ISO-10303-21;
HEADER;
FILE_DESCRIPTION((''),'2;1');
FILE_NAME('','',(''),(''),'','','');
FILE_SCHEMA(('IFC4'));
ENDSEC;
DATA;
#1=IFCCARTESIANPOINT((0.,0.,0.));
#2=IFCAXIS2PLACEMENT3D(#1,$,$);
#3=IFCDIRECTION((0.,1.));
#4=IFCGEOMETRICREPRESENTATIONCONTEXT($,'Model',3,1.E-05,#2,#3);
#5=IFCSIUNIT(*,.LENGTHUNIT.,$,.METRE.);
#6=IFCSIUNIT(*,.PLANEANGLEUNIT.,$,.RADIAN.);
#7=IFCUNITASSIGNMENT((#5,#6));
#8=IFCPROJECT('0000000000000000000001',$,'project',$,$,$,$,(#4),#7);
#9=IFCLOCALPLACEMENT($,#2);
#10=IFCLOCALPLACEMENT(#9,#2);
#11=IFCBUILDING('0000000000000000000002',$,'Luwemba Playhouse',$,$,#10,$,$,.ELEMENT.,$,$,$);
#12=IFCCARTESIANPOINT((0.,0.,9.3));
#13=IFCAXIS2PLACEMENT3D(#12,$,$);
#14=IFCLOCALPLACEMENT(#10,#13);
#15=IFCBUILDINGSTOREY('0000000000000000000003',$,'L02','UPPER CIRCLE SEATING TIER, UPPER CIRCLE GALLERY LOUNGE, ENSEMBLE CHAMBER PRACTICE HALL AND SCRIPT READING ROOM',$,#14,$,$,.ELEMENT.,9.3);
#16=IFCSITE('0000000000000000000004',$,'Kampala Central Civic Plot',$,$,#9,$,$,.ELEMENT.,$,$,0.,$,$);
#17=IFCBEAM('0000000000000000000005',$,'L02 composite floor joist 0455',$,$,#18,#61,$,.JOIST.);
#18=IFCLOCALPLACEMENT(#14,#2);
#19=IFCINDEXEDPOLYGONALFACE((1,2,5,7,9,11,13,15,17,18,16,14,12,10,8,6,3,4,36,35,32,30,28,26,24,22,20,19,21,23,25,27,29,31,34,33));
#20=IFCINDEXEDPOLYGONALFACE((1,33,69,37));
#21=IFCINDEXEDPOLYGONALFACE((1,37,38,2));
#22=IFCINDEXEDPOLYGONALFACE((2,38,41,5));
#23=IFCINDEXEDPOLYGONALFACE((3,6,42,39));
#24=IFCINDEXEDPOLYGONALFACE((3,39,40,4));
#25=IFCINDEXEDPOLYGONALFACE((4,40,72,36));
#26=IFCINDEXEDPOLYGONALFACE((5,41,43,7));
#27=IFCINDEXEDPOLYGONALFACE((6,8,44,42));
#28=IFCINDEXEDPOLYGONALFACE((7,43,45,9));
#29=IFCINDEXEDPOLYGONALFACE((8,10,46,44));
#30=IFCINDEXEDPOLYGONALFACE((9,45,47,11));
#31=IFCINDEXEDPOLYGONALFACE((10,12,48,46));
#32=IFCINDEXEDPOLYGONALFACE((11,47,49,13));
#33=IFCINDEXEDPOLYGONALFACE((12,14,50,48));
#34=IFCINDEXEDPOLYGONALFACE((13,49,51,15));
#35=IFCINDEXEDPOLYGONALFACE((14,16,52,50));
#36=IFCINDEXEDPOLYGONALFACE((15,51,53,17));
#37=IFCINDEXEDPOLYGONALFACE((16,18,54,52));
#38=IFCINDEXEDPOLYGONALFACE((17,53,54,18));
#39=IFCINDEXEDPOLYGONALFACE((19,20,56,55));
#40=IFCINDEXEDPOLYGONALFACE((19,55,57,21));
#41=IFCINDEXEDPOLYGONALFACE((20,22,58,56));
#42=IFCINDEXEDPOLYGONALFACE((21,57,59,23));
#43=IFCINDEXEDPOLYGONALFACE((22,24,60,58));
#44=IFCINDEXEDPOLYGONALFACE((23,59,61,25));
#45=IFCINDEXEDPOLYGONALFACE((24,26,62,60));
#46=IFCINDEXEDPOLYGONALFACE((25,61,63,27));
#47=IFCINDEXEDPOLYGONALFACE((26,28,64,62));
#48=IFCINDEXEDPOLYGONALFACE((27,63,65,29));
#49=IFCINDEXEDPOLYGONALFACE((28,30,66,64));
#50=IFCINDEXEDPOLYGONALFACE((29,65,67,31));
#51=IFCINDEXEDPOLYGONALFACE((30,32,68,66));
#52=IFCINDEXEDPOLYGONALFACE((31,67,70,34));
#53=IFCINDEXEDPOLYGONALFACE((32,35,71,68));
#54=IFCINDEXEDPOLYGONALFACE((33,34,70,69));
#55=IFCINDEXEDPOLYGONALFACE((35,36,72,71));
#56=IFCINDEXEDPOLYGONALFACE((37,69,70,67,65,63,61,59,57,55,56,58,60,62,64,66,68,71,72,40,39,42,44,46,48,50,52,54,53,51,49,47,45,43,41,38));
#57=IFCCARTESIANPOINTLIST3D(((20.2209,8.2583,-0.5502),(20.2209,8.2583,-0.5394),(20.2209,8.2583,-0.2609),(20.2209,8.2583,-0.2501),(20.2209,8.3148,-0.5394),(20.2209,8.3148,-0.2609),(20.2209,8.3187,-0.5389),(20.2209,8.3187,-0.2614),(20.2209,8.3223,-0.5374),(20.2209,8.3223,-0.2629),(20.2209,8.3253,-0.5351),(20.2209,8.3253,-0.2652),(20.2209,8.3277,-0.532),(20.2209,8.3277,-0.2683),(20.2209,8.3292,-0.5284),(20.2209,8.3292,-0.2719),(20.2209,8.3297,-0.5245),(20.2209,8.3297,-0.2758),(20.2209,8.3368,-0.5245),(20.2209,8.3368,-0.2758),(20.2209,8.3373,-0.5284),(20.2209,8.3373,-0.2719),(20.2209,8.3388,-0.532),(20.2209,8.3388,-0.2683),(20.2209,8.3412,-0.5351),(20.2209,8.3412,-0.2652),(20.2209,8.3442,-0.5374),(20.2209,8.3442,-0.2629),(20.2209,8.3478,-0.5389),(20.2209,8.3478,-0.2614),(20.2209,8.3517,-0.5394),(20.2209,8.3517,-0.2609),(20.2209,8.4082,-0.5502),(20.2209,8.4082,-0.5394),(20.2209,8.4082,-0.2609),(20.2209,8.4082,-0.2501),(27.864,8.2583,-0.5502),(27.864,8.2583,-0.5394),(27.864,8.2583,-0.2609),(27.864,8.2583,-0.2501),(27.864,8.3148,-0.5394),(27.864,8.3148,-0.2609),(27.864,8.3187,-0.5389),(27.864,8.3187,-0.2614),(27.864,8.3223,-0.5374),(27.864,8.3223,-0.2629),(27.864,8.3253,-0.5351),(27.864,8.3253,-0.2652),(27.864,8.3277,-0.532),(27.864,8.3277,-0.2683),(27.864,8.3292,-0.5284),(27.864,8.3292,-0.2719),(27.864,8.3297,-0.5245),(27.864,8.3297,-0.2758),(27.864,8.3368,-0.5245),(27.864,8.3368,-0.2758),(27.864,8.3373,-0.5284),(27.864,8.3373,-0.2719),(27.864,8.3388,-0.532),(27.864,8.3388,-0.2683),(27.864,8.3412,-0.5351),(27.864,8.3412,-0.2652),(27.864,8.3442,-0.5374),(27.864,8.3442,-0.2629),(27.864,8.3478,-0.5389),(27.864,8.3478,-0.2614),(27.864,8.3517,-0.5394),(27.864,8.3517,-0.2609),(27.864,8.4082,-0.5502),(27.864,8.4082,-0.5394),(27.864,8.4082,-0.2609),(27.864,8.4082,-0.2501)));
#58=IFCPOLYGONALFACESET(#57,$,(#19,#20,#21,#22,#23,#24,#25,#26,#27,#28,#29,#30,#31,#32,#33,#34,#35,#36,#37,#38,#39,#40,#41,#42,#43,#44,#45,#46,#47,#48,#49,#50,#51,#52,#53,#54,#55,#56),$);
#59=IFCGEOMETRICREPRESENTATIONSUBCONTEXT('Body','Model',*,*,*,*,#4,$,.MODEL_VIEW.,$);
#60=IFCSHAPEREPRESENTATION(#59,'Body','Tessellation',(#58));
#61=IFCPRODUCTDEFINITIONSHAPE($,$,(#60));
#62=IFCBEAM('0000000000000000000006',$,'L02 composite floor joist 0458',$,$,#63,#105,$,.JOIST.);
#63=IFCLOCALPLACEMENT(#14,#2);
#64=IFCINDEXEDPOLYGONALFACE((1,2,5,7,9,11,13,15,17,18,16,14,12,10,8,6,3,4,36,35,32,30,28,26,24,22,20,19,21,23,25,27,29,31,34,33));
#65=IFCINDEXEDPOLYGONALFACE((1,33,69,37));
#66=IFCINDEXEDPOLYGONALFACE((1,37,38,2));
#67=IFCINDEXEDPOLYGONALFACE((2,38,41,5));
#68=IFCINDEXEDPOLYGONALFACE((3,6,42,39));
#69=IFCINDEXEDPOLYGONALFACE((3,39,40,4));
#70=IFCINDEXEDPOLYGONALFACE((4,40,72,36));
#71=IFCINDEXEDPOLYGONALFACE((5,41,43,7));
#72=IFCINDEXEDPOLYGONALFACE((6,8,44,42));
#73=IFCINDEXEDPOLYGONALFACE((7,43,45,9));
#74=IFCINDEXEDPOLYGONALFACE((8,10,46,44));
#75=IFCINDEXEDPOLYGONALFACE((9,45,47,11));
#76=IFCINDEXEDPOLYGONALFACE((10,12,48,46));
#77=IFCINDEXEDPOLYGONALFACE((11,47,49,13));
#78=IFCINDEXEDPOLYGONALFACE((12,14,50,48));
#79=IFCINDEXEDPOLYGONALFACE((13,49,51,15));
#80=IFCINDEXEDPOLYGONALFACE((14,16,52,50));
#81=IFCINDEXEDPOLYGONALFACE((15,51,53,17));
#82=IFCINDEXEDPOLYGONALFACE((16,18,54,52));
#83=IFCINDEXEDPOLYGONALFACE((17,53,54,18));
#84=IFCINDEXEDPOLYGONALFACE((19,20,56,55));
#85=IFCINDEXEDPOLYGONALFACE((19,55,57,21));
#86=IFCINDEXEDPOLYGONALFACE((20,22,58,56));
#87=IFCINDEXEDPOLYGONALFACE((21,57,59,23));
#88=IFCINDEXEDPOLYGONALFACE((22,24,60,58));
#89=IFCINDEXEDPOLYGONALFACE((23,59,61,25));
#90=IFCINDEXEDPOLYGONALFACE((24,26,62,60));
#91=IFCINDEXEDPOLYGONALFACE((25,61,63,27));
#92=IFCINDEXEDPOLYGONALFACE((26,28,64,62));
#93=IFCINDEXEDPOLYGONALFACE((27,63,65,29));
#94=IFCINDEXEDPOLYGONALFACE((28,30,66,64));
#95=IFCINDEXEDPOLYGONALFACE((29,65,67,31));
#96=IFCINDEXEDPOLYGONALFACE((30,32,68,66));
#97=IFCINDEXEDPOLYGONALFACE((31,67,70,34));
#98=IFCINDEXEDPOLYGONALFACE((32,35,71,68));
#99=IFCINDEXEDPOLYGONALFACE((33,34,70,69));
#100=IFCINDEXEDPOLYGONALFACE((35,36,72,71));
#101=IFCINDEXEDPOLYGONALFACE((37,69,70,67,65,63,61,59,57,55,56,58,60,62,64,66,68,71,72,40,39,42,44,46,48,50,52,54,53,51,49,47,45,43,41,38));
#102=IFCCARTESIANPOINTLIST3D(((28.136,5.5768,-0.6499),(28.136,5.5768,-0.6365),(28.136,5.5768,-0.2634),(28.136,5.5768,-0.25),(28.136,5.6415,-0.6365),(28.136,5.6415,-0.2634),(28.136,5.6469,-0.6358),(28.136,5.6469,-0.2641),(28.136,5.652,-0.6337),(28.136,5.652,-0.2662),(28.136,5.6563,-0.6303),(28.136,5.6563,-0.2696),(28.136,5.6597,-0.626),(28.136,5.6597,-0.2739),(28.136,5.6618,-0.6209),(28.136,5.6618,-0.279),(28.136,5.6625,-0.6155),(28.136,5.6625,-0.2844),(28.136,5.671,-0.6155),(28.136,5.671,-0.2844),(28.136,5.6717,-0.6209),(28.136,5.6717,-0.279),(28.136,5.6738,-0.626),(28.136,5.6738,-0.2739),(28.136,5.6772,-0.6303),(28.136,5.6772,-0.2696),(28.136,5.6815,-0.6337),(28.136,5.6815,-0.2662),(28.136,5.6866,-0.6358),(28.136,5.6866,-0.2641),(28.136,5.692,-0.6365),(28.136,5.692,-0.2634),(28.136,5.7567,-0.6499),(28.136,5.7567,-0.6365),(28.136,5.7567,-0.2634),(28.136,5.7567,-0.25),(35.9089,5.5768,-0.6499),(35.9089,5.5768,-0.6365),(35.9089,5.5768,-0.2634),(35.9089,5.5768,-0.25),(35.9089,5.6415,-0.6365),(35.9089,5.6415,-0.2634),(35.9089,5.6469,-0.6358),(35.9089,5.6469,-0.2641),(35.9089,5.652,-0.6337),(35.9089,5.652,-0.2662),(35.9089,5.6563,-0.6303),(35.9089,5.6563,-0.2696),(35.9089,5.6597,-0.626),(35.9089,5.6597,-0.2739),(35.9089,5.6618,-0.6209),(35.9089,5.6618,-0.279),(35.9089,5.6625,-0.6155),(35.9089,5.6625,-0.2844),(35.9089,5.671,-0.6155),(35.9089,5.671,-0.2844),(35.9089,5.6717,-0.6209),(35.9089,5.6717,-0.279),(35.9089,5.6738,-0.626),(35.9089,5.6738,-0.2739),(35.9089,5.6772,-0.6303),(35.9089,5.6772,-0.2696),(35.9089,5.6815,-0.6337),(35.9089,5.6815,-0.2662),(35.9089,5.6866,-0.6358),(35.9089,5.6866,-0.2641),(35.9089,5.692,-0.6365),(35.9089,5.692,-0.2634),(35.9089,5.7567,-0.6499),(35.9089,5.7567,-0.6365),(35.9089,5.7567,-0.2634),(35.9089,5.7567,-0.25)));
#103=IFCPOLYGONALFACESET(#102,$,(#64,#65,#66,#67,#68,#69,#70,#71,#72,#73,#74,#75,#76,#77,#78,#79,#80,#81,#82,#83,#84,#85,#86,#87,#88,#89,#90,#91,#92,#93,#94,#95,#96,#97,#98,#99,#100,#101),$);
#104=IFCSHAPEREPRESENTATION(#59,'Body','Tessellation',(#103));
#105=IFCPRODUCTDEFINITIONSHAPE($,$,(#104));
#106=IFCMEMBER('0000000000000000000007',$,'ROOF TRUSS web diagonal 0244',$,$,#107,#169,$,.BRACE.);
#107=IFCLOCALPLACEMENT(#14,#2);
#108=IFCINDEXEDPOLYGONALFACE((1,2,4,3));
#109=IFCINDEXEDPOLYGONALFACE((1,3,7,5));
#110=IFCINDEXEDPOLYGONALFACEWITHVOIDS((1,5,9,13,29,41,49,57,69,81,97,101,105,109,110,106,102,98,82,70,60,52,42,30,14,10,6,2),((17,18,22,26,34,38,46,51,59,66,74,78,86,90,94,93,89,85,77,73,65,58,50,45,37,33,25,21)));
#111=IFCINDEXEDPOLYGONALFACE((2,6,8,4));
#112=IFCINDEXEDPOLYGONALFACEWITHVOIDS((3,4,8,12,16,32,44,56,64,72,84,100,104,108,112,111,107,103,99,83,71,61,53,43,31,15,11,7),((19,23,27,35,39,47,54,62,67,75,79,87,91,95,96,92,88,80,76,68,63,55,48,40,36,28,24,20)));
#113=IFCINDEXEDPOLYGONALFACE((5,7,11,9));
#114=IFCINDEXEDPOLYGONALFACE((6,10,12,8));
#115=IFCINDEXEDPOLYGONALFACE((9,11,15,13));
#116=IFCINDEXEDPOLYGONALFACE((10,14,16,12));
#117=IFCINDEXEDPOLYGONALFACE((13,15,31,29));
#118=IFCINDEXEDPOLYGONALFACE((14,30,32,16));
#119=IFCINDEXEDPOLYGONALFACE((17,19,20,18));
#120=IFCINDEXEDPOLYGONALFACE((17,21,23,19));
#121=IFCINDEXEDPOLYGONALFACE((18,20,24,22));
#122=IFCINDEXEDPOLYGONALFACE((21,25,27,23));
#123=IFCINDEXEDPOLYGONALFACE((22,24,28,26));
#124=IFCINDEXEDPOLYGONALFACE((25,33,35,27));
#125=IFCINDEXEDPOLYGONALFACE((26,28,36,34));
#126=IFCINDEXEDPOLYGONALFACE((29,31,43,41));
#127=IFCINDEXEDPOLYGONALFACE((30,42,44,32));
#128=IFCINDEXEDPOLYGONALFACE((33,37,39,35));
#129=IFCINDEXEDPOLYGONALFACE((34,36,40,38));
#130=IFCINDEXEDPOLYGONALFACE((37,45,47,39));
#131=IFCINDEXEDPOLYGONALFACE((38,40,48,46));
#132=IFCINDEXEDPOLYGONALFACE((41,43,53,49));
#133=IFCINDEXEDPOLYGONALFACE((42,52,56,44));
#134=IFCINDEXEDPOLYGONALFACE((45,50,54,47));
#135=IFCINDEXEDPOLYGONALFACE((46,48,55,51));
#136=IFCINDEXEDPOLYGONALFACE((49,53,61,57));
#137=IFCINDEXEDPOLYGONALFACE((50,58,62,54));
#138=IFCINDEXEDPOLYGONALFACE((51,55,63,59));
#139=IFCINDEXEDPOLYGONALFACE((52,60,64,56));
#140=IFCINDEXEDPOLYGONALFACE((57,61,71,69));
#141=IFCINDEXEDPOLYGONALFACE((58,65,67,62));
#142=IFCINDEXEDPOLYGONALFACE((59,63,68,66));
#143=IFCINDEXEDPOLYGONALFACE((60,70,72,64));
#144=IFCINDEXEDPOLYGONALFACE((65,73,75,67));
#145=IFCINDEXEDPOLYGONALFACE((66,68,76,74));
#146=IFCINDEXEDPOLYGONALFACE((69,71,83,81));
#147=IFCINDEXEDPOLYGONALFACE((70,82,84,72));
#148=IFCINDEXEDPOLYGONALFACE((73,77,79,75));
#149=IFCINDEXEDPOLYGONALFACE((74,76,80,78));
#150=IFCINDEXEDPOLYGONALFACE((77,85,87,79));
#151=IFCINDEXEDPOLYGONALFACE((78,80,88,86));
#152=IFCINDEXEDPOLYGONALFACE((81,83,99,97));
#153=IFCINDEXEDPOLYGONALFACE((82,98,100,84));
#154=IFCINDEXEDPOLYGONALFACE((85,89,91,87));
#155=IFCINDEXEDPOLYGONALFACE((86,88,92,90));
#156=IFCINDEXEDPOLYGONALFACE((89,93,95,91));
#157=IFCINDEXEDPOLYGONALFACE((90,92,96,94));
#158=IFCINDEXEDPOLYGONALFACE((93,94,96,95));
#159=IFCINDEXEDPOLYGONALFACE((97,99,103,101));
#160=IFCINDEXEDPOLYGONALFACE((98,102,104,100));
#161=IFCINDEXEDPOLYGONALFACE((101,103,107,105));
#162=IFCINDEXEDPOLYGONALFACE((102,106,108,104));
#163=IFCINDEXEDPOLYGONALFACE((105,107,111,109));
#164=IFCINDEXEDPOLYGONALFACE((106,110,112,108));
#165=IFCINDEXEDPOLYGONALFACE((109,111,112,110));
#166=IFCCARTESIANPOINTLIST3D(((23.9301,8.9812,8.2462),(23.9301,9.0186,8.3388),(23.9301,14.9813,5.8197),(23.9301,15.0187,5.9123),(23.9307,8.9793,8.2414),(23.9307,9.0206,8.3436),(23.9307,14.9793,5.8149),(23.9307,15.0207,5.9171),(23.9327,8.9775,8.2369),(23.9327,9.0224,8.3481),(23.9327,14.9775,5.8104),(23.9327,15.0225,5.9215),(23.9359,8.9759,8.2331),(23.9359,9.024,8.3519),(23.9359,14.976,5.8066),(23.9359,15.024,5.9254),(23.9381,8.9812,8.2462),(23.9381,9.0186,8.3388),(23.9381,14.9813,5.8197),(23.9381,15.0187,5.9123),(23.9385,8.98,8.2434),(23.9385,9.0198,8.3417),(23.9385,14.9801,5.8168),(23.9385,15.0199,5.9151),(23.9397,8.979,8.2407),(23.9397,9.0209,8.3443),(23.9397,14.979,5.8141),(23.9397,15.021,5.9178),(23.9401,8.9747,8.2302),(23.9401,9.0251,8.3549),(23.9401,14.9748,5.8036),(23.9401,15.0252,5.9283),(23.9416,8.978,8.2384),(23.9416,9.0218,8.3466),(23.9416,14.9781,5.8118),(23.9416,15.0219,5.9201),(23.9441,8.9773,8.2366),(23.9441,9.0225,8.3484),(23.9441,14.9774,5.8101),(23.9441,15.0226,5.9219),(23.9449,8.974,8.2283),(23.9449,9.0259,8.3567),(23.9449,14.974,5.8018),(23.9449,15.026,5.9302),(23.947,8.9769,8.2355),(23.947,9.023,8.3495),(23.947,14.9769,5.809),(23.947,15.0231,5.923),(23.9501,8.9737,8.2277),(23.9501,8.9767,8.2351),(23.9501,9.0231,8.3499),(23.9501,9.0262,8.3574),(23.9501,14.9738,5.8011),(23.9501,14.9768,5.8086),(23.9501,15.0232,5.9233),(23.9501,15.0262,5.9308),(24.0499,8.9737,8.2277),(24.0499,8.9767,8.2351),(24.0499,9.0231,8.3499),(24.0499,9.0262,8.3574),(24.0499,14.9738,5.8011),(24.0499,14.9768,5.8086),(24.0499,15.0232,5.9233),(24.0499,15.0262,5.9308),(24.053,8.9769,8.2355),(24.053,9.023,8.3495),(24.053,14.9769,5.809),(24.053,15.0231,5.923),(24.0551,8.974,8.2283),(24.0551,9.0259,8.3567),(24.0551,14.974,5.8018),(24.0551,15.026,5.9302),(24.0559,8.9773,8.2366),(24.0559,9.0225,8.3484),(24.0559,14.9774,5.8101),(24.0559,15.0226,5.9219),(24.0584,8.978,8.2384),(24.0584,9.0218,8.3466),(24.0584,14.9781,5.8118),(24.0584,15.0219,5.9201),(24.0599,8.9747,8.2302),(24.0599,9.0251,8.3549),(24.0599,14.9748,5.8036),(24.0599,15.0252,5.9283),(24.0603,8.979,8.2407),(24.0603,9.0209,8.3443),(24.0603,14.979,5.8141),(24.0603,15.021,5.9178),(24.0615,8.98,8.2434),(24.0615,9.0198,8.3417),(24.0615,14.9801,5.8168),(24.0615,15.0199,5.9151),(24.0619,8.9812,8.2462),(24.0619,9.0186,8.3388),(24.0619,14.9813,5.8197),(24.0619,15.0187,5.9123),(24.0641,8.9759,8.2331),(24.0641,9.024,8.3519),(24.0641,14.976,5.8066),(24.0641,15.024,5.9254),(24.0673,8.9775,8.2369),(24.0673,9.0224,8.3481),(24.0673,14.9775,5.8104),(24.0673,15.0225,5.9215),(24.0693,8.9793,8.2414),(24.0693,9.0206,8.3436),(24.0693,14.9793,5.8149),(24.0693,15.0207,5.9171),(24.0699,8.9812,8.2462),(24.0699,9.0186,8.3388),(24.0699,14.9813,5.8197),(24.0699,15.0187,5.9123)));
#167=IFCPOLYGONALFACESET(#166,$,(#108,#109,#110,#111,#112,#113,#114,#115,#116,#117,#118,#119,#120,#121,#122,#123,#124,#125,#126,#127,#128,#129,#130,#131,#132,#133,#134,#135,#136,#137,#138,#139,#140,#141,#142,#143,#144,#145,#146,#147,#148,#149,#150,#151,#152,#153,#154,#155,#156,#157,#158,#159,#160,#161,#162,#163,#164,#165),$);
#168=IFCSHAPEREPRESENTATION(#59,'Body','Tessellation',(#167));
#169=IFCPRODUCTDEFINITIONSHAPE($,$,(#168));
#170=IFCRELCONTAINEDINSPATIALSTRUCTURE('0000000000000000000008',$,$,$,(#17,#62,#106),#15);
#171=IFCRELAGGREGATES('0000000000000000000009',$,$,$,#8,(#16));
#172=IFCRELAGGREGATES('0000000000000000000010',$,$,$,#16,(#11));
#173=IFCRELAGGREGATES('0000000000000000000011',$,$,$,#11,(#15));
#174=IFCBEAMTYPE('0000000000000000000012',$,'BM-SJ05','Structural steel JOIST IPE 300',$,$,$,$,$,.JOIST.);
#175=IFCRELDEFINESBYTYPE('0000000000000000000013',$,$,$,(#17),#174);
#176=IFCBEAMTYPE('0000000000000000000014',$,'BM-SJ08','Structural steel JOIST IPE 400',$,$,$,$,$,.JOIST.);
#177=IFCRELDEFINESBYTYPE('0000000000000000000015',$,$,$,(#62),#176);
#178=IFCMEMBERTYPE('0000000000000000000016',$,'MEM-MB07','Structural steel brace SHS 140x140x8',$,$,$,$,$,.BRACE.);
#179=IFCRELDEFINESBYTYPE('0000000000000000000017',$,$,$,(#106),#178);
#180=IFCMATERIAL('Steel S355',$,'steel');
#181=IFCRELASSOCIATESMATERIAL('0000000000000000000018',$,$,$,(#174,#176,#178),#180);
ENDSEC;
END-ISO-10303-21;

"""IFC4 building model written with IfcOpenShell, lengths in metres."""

from ifc_helpers import new_model, si_unit, direction, frame, origin, origin_2d, place, context, subcontext, project, spatial, hollow_rectangle, i_section, extrude, material, material_profile, profile_set, type_object, element, save


model = new_model("IFC4")

# Units and contexts
model_context = context("Model", 3, precision=1e-05, world=origin(), true_north=direction((0.0, 1.0)))
body_context = subcontext(model_context, "Body", "Model", "MODEL_VIEW")
ifc_project = project(units=[si_unit("LENGTHUNIT", "METRE"), si_unit("PLANEANGLEUNIT", "RADIAN")], contexts=[model_context])

# Site, building, storey
site_placement = place(None, origin())
site = spatial("IfcSite", under=ifc_project, at=site_placement, Name="Kampala Central Civic Plot", CompositionType="ELEMENT", RefElevation=0.0)
building_placement = place(site_placement, origin())
building = spatial("IfcBuilding", under=site, at=building_placement, Name="Luwemba Playhouse", CompositionType="ELEMENT")
storey_placement = place(building_placement, frame((0.0, 0.0, 9.3)))
storey = spatial("IfcBuildingStorey", under=building, at=storey_placement, Name="L02", Description="UPPER CIRCLE SEATING TIER, UPPER CIRCLE GALLERY LOUNGE, ENSEMBLE CHAMBER PRACTICE HALL AND SCRIPT READING ROOM", CompositionType="ELEMENT", Elevation=9.3)

# Beams
ifc_material_1 = material(Name="Steel S355", Category="steel")
ifc_material_profile_1 = material_profile(ifc_material_1, i_section(OverallWidth=0.1499, OverallDepth=0.3, WebThickness=0.0071, FlangeThickness=0.0107, FilletRadius=0.0149, at=origin_2d()))
ifc_profile_set_1 = profile_set([ifc_material_profile_1], Name="Steel S355")
beam_type_1 = type_object("IfcBeamType", Name="BM-SJ05", Description="Structural steel JOIST IPE 300", PredefinedType="JOIST", material=ifc_profile_set_1)
beam_1_placement = place(storey_placement, frame((20.2209, 8.3333, -0.4001), z_axis=(1.0, 0.0, 0.0), x_axis=(0.0, 1.0, 0.0)))
element("IfcBeam", 1, at=beam_1_placement, inside=storey, type_object=beam_type_1, Name="L02 composite floor joist 0455", PredefinedType="JOIST", context=body_context, shape_type="SweptSolid", body=[
    extrude(i_section(OverallWidth=0.1499, OverallDepth=0.3, WebThickness=0.0071, FlangeThickness=0.0107, FilletRadius=0.0149, at=origin_2d()), origin(), (0.0, 0.0, 1.0), 7.6431),
])
ifc_material_profile_2 = material_profile(ifc_material_1, i_section(OverallWidth=0.1799, OverallDepth=0.3999, WebThickness=0.0085, FlangeThickness=0.0134, FilletRadius=0.021, at=origin_2d()))
ifc_profile_set_2 = profile_set([ifc_material_profile_2], Name="Steel S355")
beam_type_2 = type_object("IfcBeamType", Name="BM-SJ08", Description="Structural steel JOIST IPE 400", PredefinedType="JOIST", material=ifc_profile_set_2)
beam_2_placement = place(storey_placement, frame((28.136, 5.6667, -0.45), z_axis=(1.0, 0.0, 0.0), x_axis=(0.0, 1.0, 0.0)))
element("IfcBeam", 2, at=beam_2_placement, inside=storey, type_object=beam_type_2, Name="L02 composite floor joist 0458", PredefinedType="JOIST", context=body_context, shape_type="SweptSolid", body=[
    extrude(i_section(OverallWidth=0.1799, OverallDepth=0.3999, WebThickness=0.0085, FlangeThickness=0.0134, FilletRadius=0.021, at=origin_2d()), origin(), (0.0, 0.0, 1.0), 7.7729),
])

# Member
ifc_material_profile_3 = material_profile(ifc_material_1, hollow_rectangle(XDim=0.1399, YDim=0.1399, WallThickness=0.0081, InnerFilletRadius=0.012, OuterFilletRadius=0.02, at=origin_2d()))
ifc_profile_set_3 = profile_set([ifc_material_profile_3], Name="Steel S355")
member_type_1 = type_object("IfcMemberType", Name="MEM-MB07", Description="Structural steel brace SHS 140x140x8", PredefinedType="BRACE", material=ifc_profile_set_3)
for number, where, z_axis, x_axis, name in (
    (3, (24.0, 15.0, 5.866), (0.0, -0.927057, 0.37492), (1.0, 0.0, 0.0), "ROOF TRUSS web diagonal 0244"),
):
    element("IfcMember", number, at=place(storey_placement, frame(where, z_axis=z_axis, x_axis=x_axis)), inside=storey, type_object=member_type_1, Name=name, PredefinedType="BRACE", context=body_context, shape_type="SweptSolid", body=[
        extrude(hollow_rectangle(XDim=0.1399, YDim=0.1399, WallThickness=0.0081, InnerFilletRadius=0.012, OuterFilletRadius=0.02, at=origin_2d()), origin(), (0.0, 0.0, 1.0), 6.4722),
    ])

save(model, "model.ifc")
